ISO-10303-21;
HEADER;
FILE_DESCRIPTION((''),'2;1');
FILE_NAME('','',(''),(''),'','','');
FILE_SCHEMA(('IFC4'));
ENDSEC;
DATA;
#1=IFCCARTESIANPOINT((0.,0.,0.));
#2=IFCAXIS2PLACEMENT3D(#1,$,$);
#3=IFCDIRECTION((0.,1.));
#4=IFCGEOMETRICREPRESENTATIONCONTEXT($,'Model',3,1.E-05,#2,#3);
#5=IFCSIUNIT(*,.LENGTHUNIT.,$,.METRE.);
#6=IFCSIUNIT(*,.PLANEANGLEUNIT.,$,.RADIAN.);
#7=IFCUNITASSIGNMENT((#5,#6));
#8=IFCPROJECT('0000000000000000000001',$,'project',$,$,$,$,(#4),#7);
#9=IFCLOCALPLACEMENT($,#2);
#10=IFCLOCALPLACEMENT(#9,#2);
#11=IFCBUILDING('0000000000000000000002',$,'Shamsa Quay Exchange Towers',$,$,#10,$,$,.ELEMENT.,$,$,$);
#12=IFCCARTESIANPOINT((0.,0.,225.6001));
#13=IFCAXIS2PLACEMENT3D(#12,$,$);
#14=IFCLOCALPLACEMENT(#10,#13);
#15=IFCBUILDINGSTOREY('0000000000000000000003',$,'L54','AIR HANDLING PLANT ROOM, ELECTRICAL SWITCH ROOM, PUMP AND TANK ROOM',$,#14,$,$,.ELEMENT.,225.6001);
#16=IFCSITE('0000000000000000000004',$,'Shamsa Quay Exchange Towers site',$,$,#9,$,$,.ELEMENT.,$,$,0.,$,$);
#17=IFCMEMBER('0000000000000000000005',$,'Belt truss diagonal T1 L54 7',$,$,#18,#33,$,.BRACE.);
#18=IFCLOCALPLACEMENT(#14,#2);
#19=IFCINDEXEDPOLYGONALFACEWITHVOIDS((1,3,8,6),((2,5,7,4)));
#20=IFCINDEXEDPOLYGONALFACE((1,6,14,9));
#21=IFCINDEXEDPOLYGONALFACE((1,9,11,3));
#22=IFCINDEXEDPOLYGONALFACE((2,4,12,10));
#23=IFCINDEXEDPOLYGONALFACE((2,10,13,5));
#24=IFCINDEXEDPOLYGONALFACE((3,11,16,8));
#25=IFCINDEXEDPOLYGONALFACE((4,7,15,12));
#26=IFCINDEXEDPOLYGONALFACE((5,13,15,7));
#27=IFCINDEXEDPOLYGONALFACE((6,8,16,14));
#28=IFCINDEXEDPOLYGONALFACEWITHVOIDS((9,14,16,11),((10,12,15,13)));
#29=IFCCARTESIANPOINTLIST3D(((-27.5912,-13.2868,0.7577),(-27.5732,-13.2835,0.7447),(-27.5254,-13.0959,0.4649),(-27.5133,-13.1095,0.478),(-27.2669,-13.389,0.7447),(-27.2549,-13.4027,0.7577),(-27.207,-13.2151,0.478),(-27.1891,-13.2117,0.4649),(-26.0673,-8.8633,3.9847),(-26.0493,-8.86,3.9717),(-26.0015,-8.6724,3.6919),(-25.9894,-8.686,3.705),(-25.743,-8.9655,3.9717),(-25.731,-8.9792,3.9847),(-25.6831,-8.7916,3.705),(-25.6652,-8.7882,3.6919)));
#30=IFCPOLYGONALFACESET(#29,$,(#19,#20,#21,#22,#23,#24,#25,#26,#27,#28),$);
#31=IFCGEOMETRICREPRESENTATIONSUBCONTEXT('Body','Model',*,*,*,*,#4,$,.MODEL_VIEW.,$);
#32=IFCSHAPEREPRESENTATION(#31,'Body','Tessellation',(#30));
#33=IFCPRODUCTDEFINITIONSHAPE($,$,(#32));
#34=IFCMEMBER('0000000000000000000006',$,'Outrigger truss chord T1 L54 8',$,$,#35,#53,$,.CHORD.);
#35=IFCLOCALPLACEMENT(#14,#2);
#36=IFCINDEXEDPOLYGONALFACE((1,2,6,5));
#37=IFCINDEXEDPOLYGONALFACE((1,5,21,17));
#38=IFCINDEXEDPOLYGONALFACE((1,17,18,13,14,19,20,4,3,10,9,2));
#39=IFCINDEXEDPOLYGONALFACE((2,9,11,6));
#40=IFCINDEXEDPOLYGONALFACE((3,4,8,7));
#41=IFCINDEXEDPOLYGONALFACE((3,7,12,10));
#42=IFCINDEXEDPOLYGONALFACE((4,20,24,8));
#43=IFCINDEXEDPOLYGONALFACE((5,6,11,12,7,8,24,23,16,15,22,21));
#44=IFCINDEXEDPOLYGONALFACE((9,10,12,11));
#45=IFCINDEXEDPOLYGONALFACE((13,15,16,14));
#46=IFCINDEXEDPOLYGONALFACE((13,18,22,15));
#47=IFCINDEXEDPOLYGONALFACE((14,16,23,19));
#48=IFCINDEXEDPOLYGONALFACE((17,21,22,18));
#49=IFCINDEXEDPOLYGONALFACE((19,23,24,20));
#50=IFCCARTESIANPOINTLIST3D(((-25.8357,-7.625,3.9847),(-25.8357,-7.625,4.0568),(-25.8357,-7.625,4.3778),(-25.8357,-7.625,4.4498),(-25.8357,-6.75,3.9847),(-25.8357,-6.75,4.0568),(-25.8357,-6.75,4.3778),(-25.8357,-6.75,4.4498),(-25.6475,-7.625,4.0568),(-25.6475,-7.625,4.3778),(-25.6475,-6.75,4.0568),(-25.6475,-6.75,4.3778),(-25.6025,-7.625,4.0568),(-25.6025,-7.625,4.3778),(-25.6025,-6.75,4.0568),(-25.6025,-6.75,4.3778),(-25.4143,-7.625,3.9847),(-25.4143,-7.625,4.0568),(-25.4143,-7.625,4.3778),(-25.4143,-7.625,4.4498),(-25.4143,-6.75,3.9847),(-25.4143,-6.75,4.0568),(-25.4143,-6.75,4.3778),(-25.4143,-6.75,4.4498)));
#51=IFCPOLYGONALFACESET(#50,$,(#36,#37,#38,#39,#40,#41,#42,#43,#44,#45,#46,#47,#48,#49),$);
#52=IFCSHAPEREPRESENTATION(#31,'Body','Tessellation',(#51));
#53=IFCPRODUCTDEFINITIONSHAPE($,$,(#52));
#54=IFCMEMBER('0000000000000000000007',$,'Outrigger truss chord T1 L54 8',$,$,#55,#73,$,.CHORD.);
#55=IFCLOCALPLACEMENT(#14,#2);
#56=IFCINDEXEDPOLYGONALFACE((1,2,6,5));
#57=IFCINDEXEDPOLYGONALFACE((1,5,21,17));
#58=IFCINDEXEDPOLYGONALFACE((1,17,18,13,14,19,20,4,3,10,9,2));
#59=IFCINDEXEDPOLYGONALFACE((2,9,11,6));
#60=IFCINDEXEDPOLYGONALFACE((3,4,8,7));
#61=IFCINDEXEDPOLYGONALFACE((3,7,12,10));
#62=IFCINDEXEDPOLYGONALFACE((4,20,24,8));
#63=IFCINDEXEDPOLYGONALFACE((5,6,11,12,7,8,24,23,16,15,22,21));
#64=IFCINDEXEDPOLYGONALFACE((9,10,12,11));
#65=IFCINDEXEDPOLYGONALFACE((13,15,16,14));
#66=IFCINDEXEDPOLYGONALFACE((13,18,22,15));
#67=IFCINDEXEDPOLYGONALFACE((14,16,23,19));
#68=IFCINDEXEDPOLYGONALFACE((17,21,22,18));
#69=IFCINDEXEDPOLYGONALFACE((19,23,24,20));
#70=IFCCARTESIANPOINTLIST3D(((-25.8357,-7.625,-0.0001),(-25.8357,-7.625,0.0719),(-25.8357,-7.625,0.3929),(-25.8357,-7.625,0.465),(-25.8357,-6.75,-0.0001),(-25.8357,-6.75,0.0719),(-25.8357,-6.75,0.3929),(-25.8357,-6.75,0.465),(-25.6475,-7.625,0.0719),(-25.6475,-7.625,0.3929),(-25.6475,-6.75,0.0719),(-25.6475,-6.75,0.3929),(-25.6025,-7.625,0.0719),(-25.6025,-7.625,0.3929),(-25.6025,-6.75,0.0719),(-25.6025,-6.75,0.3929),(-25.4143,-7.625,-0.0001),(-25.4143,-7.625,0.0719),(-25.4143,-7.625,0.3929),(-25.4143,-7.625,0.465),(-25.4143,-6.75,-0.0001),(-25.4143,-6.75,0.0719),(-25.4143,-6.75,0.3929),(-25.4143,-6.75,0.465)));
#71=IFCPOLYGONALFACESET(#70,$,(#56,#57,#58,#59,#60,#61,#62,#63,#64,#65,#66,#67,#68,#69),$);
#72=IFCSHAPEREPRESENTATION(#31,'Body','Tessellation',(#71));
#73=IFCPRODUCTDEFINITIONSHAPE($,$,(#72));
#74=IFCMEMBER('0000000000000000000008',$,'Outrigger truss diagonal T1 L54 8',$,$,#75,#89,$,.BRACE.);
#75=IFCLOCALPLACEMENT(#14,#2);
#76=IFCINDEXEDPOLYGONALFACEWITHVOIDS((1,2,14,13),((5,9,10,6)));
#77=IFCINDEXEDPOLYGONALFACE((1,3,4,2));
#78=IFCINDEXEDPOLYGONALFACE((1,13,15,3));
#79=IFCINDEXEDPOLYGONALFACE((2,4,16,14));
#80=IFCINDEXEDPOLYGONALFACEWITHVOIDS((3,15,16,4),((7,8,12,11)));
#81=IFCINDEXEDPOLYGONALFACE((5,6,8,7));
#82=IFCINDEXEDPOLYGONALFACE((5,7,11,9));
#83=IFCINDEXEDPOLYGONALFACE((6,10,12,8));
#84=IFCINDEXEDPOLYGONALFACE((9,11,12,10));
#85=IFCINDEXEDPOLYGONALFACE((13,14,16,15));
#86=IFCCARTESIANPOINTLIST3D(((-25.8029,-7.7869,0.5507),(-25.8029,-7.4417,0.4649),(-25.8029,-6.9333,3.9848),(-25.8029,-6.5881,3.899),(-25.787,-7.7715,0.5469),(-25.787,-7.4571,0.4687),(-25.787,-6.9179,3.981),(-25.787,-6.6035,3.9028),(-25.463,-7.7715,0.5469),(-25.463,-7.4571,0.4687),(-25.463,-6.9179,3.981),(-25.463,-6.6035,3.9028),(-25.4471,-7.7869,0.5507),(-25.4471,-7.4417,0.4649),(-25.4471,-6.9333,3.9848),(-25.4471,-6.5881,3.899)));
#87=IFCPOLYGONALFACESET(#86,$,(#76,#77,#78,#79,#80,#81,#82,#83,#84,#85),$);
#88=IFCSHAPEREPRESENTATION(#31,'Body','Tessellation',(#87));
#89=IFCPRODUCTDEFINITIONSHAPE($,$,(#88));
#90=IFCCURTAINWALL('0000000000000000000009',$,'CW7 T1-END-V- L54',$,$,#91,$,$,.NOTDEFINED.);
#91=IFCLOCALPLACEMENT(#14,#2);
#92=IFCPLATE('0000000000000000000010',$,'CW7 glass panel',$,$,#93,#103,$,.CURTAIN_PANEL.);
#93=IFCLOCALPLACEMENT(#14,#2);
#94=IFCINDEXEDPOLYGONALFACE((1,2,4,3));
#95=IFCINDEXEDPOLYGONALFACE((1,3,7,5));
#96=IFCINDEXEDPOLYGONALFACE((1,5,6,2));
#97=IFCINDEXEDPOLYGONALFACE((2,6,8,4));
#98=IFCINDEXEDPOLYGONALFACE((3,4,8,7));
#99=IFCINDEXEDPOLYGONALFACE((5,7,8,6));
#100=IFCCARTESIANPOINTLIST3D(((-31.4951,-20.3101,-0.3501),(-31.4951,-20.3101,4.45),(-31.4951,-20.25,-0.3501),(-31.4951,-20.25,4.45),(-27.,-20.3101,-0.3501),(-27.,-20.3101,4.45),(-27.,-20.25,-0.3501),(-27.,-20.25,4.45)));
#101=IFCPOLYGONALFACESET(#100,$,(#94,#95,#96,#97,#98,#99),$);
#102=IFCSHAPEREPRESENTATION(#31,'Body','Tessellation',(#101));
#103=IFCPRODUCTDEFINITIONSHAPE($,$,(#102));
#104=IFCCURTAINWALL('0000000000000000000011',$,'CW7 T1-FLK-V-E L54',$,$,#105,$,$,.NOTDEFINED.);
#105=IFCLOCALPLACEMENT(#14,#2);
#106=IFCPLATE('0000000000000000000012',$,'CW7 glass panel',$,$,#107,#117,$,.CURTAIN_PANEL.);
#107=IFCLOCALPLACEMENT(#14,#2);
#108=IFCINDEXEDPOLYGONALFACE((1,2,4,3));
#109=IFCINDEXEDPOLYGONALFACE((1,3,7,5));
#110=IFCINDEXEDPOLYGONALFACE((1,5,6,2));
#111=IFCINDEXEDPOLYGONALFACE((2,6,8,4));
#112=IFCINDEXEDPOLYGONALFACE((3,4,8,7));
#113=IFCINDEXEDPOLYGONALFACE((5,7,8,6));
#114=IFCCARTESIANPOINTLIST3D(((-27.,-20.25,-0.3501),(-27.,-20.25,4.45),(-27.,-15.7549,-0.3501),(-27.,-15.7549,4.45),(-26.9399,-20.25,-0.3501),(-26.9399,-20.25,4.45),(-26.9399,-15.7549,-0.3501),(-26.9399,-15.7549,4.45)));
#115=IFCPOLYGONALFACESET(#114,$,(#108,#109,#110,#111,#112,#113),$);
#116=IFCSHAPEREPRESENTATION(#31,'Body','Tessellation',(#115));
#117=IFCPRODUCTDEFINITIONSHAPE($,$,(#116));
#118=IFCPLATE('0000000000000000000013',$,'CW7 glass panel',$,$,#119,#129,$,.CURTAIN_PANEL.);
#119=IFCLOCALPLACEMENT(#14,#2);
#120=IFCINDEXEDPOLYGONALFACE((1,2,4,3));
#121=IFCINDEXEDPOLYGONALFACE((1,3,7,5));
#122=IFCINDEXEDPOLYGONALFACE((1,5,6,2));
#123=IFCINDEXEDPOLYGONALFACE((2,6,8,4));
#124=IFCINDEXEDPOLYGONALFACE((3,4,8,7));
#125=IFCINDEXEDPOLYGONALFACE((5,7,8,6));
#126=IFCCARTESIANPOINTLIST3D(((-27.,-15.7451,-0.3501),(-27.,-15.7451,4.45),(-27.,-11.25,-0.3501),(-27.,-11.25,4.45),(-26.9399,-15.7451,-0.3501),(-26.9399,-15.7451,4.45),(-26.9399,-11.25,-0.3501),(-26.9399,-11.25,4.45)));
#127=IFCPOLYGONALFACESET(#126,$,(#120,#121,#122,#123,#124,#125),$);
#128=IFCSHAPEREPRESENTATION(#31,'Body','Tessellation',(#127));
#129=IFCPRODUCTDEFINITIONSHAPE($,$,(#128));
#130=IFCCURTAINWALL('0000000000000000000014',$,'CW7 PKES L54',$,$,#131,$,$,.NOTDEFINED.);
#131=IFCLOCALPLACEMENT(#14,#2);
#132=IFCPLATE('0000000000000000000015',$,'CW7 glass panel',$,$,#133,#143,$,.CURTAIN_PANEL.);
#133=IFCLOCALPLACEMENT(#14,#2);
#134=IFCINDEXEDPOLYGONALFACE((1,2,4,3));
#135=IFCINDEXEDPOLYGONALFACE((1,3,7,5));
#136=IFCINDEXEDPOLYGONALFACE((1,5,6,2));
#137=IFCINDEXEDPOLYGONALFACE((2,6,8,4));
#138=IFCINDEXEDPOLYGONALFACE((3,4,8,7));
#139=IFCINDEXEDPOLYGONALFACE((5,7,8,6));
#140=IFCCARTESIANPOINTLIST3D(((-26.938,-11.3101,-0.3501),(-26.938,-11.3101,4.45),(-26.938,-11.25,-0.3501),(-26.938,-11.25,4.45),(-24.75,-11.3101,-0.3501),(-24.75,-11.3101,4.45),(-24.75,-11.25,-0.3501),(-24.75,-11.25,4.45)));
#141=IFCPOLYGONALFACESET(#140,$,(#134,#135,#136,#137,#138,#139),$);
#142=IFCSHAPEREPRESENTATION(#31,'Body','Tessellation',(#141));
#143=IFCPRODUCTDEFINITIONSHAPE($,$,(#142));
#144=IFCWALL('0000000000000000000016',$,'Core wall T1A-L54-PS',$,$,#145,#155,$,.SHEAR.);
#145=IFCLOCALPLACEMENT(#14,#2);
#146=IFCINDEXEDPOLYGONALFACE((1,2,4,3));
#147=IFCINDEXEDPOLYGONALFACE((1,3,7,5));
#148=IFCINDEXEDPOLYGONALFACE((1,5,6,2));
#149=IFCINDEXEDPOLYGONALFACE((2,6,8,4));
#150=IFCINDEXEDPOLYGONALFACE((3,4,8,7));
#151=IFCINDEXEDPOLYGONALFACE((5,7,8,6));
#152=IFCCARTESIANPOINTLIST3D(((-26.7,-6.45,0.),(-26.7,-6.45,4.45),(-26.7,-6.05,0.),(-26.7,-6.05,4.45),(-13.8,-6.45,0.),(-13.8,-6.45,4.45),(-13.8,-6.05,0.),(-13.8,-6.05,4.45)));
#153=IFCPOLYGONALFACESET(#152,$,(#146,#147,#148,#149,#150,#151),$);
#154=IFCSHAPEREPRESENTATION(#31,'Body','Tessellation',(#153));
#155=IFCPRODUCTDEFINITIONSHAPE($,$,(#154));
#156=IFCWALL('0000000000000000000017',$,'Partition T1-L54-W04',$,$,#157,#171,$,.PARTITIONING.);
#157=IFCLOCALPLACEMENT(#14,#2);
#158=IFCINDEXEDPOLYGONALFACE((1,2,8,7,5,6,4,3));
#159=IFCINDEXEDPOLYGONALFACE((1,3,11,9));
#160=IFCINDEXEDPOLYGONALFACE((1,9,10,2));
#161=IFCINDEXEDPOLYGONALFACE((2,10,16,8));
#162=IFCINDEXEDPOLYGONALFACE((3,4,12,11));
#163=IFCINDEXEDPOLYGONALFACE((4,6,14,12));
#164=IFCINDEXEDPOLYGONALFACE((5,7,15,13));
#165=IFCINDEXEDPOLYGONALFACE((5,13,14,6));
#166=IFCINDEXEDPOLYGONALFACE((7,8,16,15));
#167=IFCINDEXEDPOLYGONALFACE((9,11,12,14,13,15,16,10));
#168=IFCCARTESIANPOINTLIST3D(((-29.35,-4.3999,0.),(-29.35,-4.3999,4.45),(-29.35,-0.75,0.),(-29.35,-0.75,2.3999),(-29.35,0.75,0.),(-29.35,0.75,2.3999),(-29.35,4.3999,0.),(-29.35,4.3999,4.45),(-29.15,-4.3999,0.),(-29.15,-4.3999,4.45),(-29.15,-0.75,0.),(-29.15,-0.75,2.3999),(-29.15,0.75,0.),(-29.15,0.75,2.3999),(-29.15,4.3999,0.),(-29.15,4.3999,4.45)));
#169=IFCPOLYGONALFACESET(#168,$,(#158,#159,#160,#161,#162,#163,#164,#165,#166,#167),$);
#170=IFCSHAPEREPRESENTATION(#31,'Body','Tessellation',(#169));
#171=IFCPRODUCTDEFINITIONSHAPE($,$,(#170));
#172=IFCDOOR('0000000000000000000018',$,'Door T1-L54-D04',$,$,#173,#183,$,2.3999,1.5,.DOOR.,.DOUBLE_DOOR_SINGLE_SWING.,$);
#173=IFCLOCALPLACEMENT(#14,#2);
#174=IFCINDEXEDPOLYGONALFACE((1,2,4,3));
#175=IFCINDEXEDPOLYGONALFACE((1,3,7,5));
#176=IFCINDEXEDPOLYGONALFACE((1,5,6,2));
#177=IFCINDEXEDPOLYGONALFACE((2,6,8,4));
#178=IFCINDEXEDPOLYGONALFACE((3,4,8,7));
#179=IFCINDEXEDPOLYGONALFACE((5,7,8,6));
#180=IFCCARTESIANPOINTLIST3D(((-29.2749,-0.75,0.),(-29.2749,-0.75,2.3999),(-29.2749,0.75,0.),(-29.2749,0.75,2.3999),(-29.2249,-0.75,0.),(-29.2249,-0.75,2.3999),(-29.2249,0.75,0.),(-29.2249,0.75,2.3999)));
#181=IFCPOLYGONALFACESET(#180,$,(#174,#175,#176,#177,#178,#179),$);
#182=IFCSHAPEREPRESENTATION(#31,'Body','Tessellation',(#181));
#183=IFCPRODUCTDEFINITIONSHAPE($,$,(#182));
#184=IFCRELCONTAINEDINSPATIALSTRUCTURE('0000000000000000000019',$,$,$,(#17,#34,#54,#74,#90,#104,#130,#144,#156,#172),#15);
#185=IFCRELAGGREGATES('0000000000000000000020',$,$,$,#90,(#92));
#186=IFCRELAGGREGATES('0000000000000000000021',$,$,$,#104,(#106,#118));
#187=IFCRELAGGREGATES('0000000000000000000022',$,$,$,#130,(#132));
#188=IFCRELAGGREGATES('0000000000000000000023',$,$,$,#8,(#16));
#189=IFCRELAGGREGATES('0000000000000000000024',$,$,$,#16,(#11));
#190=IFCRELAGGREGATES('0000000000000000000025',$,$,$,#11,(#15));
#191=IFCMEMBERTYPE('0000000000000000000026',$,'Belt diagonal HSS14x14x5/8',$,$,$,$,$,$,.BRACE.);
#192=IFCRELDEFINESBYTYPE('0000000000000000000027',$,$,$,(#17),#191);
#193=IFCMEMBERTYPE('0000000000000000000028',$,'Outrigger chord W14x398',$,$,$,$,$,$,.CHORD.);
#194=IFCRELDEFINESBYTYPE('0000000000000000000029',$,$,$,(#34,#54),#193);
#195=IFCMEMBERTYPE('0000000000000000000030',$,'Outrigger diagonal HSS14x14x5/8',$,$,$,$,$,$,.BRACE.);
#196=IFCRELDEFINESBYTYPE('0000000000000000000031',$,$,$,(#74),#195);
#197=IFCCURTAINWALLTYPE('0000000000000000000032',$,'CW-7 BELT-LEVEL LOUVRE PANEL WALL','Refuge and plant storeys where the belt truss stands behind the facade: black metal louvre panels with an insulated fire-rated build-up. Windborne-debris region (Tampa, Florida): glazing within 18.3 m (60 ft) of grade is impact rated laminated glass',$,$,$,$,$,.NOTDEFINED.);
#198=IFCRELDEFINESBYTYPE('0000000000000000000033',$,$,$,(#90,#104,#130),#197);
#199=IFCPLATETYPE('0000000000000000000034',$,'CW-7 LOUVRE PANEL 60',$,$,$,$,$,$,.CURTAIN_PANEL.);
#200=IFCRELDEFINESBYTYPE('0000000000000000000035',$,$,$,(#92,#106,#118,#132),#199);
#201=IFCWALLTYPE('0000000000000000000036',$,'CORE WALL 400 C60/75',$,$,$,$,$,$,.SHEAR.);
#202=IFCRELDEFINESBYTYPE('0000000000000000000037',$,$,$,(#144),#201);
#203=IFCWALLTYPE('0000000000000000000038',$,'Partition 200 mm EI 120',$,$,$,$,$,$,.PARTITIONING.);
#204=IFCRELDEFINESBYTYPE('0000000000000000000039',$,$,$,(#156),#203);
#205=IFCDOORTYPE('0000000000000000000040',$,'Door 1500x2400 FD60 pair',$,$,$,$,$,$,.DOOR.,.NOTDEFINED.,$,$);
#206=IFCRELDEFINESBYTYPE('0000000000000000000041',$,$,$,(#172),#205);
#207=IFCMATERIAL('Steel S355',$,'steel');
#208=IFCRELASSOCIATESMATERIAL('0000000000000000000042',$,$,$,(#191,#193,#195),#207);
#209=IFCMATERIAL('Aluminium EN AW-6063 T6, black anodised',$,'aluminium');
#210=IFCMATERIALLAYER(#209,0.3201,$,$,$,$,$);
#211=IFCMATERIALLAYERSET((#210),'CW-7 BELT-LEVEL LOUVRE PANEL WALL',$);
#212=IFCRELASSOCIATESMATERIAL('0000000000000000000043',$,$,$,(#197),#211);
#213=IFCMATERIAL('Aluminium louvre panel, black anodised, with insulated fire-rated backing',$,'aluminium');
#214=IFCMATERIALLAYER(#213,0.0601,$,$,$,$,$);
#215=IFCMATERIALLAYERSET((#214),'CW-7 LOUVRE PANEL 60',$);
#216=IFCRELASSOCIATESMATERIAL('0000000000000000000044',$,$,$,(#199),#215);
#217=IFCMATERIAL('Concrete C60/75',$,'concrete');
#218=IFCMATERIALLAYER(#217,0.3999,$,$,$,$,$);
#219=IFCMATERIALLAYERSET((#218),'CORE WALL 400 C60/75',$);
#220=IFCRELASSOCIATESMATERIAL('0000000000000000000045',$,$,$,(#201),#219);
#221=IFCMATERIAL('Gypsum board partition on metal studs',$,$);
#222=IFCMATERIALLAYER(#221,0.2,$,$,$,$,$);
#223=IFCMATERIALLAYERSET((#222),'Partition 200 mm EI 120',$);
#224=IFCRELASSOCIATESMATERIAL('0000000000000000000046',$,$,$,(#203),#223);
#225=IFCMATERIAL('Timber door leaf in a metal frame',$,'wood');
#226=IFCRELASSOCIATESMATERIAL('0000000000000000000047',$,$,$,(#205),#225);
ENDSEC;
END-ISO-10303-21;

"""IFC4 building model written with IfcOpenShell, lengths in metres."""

from ifc_helpers import new_model, si_unit, direction, frame, frame_2d, origin, origin_2d, place, context, subcontext, project, spatial, rectangle, hollow_rectangle, i_section, extrude, material, layer, layer_set, material_profile, profile_set, type_object, element, fill, aggregate, save


model = new_model("IFC4")

# Units and contexts
model_context = context("Model", 3, precision=1e-05, world=origin(), true_north=direction((0.0, 1.0)))
body_context = subcontext(model_context, "Body", "Model", "MODEL_VIEW")
ifc_project = project(units=[si_unit("LENGTHUNIT", "METRE"), si_unit("PLANEANGLEUNIT", "RADIAN")], contexts=[model_context])

# Site, building, storey
site_placement = place(None, origin())
site = spatial("IfcSite", under=ifc_project, at=site_placement, Name="Shamsa Quay Exchange Towers site", CompositionType="ELEMENT", RefElevation=0.0)
building_placement = place(site_placement, origin())
building = spatial("IfcBuilding", under=site, at=building_placement, Name="Shamsa Quay Exchange Towers", CompositionType="ELEMENT")
storey_placement = place(building_placement, frame((0.0, 0.0, 225.6001)))
storey = spatial("IfcBuildingStorey", under=building, at=storey_placement, Name="L54", Description="AIR HANDLING PLANT ROOM, ELECTRICAL SWITCH ROOM, PUMP AND TANK ROOM", CompositionType="ELEMENT", Elevation=225.6001)

# Members
ifc_material_1 = material(Name="Steel S355", Category="steel")
ifc_material_profile_1 = material_profile(ifc_material_1, hollow_rectangle(XDim=0.3557, YDim=0.3557, WallThickness=0.0159, at=origin_2d()), Name="HSS14x14x5/8")
ifc_profile_set_1 = profile_set([ifc_material_profile_1], Name="Steel S355")
member_type_1 = type_object("IfcMemberType", Name="Belt diagonal HSS14x14x5/8", PredefinedType="BRACE", material=ifc_profile_set_1)
member_1_placement = place(storey_placement, frame((-27.3901, -13.2493, 0.6113), z_axis=(0.268123, 0.778295, 0.567774), x_axis=(-0.945468, 0.325714, 0.0)))
element("IfcMember", 1, at=member_1_placement, inside=storey, type_object=member_type_1, Name="Belt truss diagonal T1 L54 7", PredefinedType="BRACE", context=body_context, shape_type="SweptSolid", body=[
    extrude(hollow_rectangle(XDim=0.3557, YDim=0.3557, WallThickness=0.0159, at=origin_2d()), origin(), (0.0, 0.0, 1.0), 5.6836),
])
ifc_material_profile_2 = material_profile(ifc_material_1, i_section(OverallWidth=0.4214, OverallDepth=0.4651, WebThickness=0.0449, FlangeThickness=0.072, at=origin_2d()), Name="W14x398")
ifc_profile_set_2 = profile_set([ifc_material_profile_2], Name="Steel S355")
member_type_2 = type_object("IfcMemberType", Name="Outrigger chord W14x398", PredefinedType="CHORD", material=ifc_profile_set_2)
for number, where, z_axis, x_axis, name in (
    (2, (-25.625, -7.625, 4.2173), (0.0, 1.0, 0.0), (-1.0, 0.0, 0.0), "Outrigger truss chord T1 L54 8"),
    (3, (-25.625, -7.625, 0.2324), (0.0, 1.0, 0.0), (-1.0, 0.0, 0.0), "Outrigger truss chord T1 L54 8"),
):
    element("IfcMember", number, at=place(storey_placement, frame(where, z_axis=z_axis, x_axis=x_axis)), inside=storey, type_object=member_type_2, Name=name, PredefinedType="CHORD", context=body_context, shape_type="SweptSolid", body=[
        extrude(i_section(OverallWidth=0.4214, OverallDepth=0.4651, WebThickness=0.0449, FlangeThickness=0.072, at=origin_2d()), origin(), (0.0, 0.0, 1.0), 0.875),
    ])
ifc_material_profile_3 = material_profile(ifc_material_1, hollow_rectangle(XDim=0.3557, YDim=0.3557, WallThickness=0.0159, at=origin_2d()), Name="HSS14x14x5/8")
ifc_profile_set_3 = profile_set([ifc_material_profile_3], Name="Steel S355")
member_type_3 = type_object("IfcMemberType", Name="Outrigger diagonal HSS14x14x5/8", PredefinedType="BRACE", material=ifc_profile_set_3)
member_2_placement = place(storey_placement, frame((-25.625, -7.6143, 0.5078), z_axis=(0.0, 0.241204, 0.970474), x_axis=(-1.0, 0.0, 0.0)))
element("IfcMember", 4, at=member_2_placement, inside=storey, type_object=member_type_3, Name="Outrigger truss diagonal T1 L54 8", PredefinedType="BRACE", context=body_context, shape_type="SweptSolid", body=[
    extrude(hollow_rectangle(XDim=0.3557, YDim=0.3557, WallThickness=0.0159, at=origin_2d()), origin(), (0.0, 0.0, 1.0), 3.5386),
])

# Curtain wall, plate
ifc_material_2 = material(Name="Aluminium EN AW-6063 T6, black anodised", Category="aluminium")
ifc_layer_1 = layer(ifc_material_2, 0.3201)
ifc_layer_set_1 = layer_set([ifc_layer_1], Name="CW-7 BELT-LEVEL LOUVRE PANEL WALL")
curtain_wall_type = type_object("IfcCurtainWallType", Name="CW-7 BELT-LEVEL LOUVRE PANEL WALL", Description="Refuge and plant storeys where the belt truss stands behind the facade: black metal louvre panels with an insulated fire-rated build-up. Windborne-debris region (Tampa, Florida): glazing within 18.3 m (60 ft) of grade is impact rated laminated glass", PredefinedType="NOTDEFINED", material=ifc_layer_set_1)
curtain_wall_1_placement = place(storey_placement, origin())
curtain_wall_1 = element("IfcCurtainWall", 5, at=curtain_wall_1_placement, inside=storey, type_object=curtain_wall_type, Name="CW7 T1-END-V- L54", PredefinedType="NOTDEFINED")
ifc_material_3 = material(Name="Aluminium louvre panel, black anodised, with insulated fire-rated backing", Category="aluminium")
ifc_layer_2 = layer(ifc_material_3, 0.0601)
ifc_layer_set_2 = layer_set([ifc_layer_2], Name="CW-7 LOUVRE PANEL 60")
plate_type = type_object("IfcPlateType", Name="CW-7 LOUVRE PANEL 60", PredefinedType="CURTAIN_PANEL", material=ifc_layer_set_2)
plate_1_placement = place(storey_placement, frame((-29.2476, -20.28, -0.3501)))
plate_1 = element("IfcPlate", 6, at=plate_1_placement, type_object=plate_type, Name="CW7 glass panel", PredefinedType="CURTAIN_PANEL", context=body_context, shape_type="SweptSolid", body=[
    extrude(rectangle(XDim=4.4951, YDim=0.0601, at=origin_2d()), origin(), (0.0, 0.0, 1.0), 4.8),
])
aggregate(curtain_wall_1, [plate_1])

# Curtain wall, plates
curtain_wall_2_placement = place(storey_placement, origin())
curtain_wall_2 = element("IfcCurtainWall", 7, at=curtain_wall_2_placement, inside=storey, type_object=curtain_wall_type, Name="CW7 T1-FLK-V-E L54", PredefinedType="NOTDEFINED")
plate_2_placement = place(storey_placement, frame((-26.97, -18.0024, -0.3501), z_axis=(0.0, 0.0, 1.0), x_axis=(0.0, 1.0, 0.0)))
plate_2 = element("IfcPlate", 8, at=plate_2_placement, type_object=plate_type, Name="CW7 glass panel", PredefinedType="CURTAIN_PANEL", context=body_context, shape_type="SweptSolid", body=[
    extrude(rectangle(XDim=4.4951, YDim=0.0601, at=origin_2d()), origin(), (0.0, 0.0, 1.0), 4.8),
])
plate_3_placement = place(storey_placement, frame((-26.97, -13.4976, -0.3501), z_axis=(0.0, 0.0, 1.0), x_axis=(0.0, 1.0, 0.0)))
plate_3 = element("IfcPlate", 9, at=plate_3_placement, type_object=plate_type, Name="CW7 glass panel", PredefinedType="CURTAIN_PANEL", context=body_context, shape_type="SweptSolid", body=[
    extrude(rectangle(XDim=4.4951, YDim=0.0601, at=origin_2d()), origin(), (0.0, 0.0, 1.0), 4.8),
])
aggregate(curtain_wall_2, [plate_2, plate_3])

# Curtain wall, plate
curtain_wall_3_placement = place(storey_placement, origin())
curtain_wall_3 = element("IfcCurtainWall", 10, at=curtain_wall_3_placement, inside=storey, type_object=curtain_wall_type, Name="CW7 PKES L54", PredefinedType="NOTDEFINED")
plate_4_placement = place(storey_placement, frame((-25.844, -11.28, -0.3501)))
plate_4 = element("IfcPlate", 11, at=plate_4_placement, type_object=plate_type, Name="CW7 glass panel", PredefinedType="CURTAIN_PANEL", context=body_context, shape_type="SweptSolid", body=[
    extrude(rectangle(XDim=2.188, YDim=0.0601, at=origin_2d()), origin(), (0.0, 0.0, 1.0), 4.8),
])
aggregate(curtain_wall_3, [plate_4])

# Wall
ifc_material_4 = material(Name="Concrete C60/75", Category="concrete")
ifc_layer_3 = layer(ifc_material_4, 0.3999)
ifc_layer_set_3 = layer_set([ifc_layer_3], Name="CORE WALL 400 C60/75")
wall_type_1 = type_object("IfcWallType", Name="CORE WALL 400 C60/75", PredefinedType="SHEAR", material=ifc_layer_set_3)
wall_1_placement = place(storey_placement, frame((-26.7, -6.25, 0.0)))
element("IfcWall", 12, at=wall_1_placement, inside=storey, type_object=wall_type_1, Name="Core wall T1A-L54-PS", PredefinedType="SHEAR", context=body_context, shape_type="SweptSolid", body=[
    extrude(rectangle(XDim=12.8999, YDim=0.3999, at=frame_2d((6.45, 0.0))), origin(), (0.0, 0.0, 1.0), 4.45),
])

# Wall, opening, door
ifc_material_5 = material(Name="Gypsum board partition on metal studs")
ifc_layer_4 = layer(ifc_material_5, 0.2)
ifc_layer_set_4 = layer_set([ifc_layer_4], Name="Partition 200 mm EI 120")
wall_type_2 = type_object("IfcWallType", Name="Partition 200 mm EI 120", PredefinedType="PARTITIONING", material=ifc_layer_set_4)
wall_2_placement = place(storey_placement, frame((-29.25, -4.3999, 0.0), z_axis=(0.0, 0.0, 1.0), x_axis=(0.0, 1.0, 0.0)))
wall_2 = element("IfcWall", 13, at=wall_2_placement, inside=storey, type_object=wall_type_2, Name="Partition T1-L54-W04", PredefinedType="PARTITIONING", context=body_context, shape_type="SweptSolid", body=[
    extrude(rectangle(XDim=8.7998, YDim=0.2, at=frame_2d((4.3999, 0.0))), origin(), (0.0, 0.0, 1.0), 4.45),
])
opening_1_placement = place(wall_2_placement, frame((3.6499, 0.0, 0.0)))
opening_1 = element("IfcOpeningElement", 14, at=opening_1_placement, cuts=wall_2, PredefinedType="OPENING", context=body_context, shape_type="SweptSolid", body=[
    extrude(rectangle(XDim=1.5, YDim=2.3999, at=frame_2d((0.75, 1.2))), frame((0.0, 0.1099, 0.0), z_axis=(0.0, -1.0, 0.0), x_axis=(1.0, 0.0, 0.0)), (0.0, 0.0, 1.0), 0.22),
])
ifc_material_6 = material(Name="Timber door leaf in a metal frame", Category="wood")
door_type = type_object("IfcDoorType", Name="Door 1500x2400 FD60 pair", OperationType="NOTDEFINED", PredefinedType="DOOR", material=ifc_material_6)
door_1_placement = place(opening_1_placement, origin())
door_1 = element("IfcDoor", 15, at=door_1_placement, inside=storey, type_object=door_type, Name="Door T1-L54-D04", OperationType="DOUBLE_DOOR_SINGLE_SWING", OverallHeight=2.3999, OverallWidth=1.5, PredefinedType="DOOR", context=body_context, shape_type="SweptSolid", body=[
    extrude(rectangle(XDim=1.5, YDim=2.3999, at=frame_2d((0.75, 1.2))), frame((0.0, 0.0249, 0.0), z_axis=(0.0, -1.0, 0.0), x_axis=(1.0, 0.0, 0.0)), (0.0, 0.0, 1.0), 0.05),
])
fill(opening_1, door_1)

save(model, "model.ifc")
